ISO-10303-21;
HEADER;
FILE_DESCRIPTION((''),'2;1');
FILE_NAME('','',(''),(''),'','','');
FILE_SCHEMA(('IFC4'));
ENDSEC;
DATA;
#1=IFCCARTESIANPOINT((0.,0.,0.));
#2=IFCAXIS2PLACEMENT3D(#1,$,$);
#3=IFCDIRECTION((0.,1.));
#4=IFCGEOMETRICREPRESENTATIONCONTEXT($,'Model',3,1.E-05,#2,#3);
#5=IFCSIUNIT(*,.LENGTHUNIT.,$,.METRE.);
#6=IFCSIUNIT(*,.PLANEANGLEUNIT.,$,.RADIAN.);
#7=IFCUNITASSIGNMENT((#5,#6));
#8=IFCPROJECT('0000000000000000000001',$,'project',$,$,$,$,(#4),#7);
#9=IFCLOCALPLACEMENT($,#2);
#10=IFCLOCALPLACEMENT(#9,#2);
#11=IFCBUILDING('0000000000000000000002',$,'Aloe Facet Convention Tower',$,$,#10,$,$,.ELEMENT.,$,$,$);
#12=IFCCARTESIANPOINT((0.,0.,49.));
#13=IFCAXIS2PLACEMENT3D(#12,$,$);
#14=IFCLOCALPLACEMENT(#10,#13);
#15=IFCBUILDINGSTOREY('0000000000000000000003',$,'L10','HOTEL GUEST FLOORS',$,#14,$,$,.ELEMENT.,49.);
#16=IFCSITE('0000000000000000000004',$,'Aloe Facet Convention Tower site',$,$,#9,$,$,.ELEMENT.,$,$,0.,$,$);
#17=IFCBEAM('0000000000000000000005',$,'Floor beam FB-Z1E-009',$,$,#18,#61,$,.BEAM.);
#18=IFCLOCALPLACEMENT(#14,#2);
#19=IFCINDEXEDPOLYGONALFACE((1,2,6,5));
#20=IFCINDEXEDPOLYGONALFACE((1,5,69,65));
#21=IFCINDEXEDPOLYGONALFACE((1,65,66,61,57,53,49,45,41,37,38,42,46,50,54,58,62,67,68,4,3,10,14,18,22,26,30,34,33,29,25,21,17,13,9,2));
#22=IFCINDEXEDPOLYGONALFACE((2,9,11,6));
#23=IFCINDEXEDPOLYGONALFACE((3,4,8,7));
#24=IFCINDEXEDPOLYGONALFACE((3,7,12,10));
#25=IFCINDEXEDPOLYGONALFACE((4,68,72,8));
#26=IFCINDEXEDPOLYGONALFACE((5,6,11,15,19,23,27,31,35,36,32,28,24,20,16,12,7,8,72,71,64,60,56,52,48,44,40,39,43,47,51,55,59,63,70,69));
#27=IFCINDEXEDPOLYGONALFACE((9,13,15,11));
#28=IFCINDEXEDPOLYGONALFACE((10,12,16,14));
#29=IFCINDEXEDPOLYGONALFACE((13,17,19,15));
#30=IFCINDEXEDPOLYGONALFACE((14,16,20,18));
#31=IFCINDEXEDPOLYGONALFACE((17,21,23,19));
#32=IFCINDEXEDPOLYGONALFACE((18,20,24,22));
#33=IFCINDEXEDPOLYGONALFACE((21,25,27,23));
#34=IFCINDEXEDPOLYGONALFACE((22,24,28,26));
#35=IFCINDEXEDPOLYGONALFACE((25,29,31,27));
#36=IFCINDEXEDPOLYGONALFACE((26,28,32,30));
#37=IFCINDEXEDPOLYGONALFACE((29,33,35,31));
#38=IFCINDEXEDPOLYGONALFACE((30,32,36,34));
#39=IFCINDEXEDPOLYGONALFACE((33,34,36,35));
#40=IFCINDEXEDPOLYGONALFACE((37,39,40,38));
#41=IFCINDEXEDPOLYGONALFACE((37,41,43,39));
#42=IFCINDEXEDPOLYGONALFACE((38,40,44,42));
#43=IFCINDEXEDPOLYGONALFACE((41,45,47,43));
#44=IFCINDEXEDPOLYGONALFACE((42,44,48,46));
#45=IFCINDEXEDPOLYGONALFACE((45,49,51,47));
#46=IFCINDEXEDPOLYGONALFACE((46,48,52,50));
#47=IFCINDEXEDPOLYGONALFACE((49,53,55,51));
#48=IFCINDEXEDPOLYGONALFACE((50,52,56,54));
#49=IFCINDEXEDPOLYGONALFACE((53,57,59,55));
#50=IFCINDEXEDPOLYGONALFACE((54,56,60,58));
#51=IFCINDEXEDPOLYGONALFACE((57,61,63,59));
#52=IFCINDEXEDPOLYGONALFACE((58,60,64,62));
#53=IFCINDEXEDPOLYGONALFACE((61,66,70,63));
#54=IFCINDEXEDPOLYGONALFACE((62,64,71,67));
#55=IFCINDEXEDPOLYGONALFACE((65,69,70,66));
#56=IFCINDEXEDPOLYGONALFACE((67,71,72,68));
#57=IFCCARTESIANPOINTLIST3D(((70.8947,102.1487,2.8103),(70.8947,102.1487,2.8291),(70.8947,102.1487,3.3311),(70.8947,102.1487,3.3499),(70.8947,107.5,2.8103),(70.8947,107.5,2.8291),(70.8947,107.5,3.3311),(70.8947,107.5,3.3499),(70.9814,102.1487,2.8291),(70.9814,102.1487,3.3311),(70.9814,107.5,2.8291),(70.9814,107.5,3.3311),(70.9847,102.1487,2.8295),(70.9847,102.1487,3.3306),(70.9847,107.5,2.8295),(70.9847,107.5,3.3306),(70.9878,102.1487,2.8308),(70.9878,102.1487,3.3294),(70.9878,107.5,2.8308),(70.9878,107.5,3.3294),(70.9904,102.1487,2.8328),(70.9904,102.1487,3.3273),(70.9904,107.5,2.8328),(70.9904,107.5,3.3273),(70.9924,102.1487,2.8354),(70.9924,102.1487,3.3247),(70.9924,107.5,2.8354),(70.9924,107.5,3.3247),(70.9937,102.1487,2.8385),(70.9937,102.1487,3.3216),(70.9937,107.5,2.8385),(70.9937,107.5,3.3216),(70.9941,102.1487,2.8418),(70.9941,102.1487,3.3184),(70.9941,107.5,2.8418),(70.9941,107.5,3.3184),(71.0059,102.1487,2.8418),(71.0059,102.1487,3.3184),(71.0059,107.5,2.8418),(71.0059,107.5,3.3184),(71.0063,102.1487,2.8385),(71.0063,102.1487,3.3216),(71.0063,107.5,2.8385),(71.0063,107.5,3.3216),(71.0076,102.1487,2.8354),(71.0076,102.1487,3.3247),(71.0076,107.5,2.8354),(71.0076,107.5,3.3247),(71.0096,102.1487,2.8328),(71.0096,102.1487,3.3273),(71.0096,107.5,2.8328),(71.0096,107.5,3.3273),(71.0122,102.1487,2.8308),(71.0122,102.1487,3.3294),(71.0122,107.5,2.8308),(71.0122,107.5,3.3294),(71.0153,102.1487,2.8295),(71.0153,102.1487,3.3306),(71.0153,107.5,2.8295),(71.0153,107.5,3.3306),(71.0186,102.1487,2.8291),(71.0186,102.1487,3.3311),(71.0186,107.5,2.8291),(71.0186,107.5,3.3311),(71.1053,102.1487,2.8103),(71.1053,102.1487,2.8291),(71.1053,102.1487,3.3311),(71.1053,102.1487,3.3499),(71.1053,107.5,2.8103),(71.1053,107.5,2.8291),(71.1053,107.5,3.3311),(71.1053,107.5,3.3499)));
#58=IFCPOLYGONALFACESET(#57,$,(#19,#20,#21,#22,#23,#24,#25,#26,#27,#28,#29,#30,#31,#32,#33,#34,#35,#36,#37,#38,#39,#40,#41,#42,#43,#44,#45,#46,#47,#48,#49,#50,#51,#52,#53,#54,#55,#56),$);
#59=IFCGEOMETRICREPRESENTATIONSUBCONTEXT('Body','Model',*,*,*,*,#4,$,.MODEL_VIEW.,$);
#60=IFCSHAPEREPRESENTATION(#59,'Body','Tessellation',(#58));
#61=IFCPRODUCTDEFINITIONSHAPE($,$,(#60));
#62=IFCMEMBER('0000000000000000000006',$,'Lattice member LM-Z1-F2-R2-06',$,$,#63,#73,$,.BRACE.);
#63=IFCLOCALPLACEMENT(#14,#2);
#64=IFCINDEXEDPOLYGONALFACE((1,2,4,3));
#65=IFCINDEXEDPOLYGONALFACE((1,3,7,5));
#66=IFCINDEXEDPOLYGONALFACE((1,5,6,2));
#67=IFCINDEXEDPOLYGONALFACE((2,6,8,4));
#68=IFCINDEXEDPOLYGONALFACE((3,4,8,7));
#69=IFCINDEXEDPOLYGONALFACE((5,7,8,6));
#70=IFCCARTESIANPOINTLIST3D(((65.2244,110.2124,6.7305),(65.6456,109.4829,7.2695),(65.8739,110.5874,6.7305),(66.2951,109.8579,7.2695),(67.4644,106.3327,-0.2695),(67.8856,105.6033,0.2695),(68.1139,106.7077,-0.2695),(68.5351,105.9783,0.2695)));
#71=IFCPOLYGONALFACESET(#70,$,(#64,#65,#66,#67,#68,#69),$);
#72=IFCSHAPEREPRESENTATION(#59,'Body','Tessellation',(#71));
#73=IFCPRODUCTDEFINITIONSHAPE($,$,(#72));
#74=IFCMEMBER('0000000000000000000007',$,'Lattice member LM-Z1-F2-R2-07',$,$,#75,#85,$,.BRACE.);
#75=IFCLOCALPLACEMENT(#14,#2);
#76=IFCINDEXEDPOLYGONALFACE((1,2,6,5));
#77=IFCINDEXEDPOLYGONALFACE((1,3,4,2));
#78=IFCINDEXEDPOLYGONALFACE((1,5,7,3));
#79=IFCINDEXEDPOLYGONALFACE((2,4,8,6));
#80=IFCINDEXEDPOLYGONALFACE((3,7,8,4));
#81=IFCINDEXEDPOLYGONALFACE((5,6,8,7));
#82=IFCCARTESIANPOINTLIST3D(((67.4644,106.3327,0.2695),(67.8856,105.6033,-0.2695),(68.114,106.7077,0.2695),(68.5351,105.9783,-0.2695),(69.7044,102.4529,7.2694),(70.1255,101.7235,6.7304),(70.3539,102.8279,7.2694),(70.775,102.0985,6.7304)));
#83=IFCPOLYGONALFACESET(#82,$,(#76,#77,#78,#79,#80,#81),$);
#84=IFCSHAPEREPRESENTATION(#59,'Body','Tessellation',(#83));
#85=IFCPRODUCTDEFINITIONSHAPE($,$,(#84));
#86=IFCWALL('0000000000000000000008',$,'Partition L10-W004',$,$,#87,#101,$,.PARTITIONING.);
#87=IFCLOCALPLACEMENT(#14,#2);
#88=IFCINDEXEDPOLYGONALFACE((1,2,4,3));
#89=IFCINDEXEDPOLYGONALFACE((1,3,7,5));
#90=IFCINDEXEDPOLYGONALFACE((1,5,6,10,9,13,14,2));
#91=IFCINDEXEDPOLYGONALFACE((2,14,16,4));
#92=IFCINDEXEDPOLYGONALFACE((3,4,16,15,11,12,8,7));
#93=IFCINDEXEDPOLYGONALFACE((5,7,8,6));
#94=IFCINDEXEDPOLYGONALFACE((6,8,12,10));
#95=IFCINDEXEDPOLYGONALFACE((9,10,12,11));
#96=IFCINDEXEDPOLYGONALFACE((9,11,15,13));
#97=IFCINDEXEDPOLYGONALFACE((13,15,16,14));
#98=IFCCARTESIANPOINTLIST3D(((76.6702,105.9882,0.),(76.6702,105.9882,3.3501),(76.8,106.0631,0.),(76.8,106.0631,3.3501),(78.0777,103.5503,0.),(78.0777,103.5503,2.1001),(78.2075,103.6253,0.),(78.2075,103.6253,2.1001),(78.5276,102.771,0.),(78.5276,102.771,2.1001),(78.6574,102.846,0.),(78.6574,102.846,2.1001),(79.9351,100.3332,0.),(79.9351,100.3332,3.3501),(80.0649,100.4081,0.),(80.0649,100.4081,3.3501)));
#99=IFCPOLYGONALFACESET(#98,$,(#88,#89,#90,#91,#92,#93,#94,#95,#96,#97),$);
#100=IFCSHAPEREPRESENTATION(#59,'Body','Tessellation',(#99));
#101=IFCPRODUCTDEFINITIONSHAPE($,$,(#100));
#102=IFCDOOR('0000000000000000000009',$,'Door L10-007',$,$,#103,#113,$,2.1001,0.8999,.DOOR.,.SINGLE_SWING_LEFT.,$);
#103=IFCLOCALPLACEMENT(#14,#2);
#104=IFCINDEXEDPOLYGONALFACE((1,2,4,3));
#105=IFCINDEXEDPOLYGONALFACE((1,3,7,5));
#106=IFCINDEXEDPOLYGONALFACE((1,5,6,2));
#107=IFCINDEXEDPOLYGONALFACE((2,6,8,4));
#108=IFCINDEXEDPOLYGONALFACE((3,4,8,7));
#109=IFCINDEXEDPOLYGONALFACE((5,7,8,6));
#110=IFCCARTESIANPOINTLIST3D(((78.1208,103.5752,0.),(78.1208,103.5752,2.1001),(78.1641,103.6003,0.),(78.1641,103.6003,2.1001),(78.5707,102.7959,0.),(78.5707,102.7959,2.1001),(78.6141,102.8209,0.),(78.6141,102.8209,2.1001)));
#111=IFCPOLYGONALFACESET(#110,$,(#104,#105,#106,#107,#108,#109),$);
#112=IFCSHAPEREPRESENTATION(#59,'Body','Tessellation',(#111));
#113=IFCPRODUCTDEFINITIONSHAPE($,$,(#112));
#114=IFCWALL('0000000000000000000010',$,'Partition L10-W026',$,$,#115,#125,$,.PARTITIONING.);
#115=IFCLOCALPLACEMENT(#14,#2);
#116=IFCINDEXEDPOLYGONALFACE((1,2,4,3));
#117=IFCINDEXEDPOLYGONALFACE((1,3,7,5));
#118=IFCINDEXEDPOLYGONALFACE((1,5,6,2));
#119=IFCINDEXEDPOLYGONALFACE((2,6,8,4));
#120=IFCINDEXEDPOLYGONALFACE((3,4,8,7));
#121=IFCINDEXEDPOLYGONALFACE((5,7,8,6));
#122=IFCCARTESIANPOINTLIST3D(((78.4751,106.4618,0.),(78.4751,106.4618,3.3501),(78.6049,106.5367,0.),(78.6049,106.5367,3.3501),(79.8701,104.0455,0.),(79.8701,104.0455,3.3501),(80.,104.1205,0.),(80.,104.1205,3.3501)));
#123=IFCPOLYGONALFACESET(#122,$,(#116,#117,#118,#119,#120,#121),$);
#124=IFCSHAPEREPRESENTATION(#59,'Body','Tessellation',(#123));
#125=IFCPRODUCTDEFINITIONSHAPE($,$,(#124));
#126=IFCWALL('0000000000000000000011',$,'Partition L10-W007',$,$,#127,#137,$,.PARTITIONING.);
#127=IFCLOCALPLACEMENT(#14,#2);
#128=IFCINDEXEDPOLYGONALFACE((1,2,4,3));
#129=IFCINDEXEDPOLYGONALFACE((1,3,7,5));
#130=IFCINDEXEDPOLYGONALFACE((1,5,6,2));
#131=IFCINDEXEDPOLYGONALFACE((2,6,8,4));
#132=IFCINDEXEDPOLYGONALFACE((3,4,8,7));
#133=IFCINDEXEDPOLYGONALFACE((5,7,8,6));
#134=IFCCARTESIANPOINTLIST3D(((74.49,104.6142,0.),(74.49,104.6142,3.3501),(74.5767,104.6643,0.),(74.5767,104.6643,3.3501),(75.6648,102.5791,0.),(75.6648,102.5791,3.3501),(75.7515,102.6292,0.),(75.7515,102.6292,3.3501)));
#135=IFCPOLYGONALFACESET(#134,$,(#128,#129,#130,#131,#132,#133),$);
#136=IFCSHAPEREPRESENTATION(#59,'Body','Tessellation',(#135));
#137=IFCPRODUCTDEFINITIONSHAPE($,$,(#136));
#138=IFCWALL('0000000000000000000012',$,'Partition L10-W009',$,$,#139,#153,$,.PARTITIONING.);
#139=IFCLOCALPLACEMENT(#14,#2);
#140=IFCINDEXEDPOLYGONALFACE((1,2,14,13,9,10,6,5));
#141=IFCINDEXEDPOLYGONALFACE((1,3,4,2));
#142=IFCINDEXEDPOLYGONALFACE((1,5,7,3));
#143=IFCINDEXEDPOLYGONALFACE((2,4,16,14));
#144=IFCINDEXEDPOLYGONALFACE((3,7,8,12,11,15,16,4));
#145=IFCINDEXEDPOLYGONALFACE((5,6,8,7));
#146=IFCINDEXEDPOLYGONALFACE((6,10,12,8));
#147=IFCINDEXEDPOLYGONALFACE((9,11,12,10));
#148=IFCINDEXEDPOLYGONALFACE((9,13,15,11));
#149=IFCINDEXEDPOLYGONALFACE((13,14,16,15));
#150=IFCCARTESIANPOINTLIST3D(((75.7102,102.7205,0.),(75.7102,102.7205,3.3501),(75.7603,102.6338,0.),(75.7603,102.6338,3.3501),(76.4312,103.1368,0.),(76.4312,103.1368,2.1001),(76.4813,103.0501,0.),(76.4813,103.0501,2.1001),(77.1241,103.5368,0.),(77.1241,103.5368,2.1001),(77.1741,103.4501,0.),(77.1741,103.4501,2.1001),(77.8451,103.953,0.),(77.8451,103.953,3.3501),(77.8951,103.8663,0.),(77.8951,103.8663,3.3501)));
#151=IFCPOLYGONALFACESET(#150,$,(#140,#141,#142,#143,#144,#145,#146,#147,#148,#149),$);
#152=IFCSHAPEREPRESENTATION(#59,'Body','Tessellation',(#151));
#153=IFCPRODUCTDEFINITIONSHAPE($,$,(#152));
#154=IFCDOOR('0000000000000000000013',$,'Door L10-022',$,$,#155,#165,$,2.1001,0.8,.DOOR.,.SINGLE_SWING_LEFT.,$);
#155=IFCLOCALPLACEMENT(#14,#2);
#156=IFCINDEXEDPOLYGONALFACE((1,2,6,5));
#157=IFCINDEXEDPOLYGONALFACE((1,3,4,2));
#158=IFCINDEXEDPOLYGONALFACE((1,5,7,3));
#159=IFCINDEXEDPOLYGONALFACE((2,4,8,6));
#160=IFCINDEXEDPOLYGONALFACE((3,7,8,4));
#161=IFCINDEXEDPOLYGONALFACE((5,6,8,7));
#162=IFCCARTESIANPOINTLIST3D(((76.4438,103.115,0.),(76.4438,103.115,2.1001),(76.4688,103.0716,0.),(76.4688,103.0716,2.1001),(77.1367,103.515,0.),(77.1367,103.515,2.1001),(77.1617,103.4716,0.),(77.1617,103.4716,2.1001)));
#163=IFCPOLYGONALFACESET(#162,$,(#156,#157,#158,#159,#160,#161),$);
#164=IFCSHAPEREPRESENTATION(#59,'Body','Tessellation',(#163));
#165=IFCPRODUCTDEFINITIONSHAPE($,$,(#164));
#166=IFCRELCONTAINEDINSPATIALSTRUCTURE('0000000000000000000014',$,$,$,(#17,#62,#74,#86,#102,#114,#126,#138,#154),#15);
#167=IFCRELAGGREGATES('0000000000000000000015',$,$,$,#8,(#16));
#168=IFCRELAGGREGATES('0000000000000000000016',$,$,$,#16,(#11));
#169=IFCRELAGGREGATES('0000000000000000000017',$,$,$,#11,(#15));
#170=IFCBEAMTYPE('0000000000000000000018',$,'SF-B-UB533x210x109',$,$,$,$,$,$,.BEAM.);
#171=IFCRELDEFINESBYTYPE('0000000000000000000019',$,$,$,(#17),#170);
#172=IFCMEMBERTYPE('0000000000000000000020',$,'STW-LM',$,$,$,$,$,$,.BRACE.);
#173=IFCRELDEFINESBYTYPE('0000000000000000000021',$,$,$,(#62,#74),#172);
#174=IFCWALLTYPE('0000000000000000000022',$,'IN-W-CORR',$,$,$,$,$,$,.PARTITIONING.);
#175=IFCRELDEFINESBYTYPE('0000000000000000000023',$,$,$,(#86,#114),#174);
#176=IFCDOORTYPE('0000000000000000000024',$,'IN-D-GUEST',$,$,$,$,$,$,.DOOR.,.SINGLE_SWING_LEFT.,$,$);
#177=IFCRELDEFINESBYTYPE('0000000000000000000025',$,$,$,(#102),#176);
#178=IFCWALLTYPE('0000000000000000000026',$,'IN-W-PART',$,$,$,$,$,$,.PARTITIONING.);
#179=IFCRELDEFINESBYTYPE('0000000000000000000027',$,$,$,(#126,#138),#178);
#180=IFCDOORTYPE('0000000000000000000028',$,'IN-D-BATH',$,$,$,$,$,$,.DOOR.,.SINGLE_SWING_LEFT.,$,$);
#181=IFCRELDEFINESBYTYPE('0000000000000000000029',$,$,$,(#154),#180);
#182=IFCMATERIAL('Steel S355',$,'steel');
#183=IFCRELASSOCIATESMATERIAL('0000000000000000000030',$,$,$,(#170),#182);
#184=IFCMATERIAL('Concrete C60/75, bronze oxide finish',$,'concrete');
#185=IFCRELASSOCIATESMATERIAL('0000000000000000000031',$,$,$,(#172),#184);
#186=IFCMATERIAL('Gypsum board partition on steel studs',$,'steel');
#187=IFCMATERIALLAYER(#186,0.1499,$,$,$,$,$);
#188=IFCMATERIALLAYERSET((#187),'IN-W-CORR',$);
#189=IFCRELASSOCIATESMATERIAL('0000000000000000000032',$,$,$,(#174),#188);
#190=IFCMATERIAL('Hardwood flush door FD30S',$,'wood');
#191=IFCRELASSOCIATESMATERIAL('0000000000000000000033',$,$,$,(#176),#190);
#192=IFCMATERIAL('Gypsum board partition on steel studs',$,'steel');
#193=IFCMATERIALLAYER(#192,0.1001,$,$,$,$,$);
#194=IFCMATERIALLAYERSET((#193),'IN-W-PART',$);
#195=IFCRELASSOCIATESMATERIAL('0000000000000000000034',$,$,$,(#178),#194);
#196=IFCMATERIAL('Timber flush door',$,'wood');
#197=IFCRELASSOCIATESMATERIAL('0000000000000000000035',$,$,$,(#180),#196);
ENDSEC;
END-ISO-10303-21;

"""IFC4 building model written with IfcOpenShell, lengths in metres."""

from ifc_helpers import new_model, si_unit, direction, frame, frame_2d, origin, origin_2d, place, context, subcontext, project, spatial, rectangle, i_section, extrude, material, layer, layer_set, material_profile, profile_set, type_object, element, fill, save


model = new_model("IFC4")

# Units and contexts
model_context = context("Model", 3, precision=1e-05, world=origin(), true_north=direction((0.0, 1.0)))
body_context = subcontext(model_context, "Body", "Model", "MODEL_VIEW")
ifc_project = project(units=[si_unit("LENGTHUNIT", "METRE"), si_unit("PLANEANGLEUNIT", "RADIAN")], contexts=[model_context])

# Site, building, storey
site_placement = place(None, origin())
site = spatial("IfcSite", under=ifc_project, at=site_placement, Name="Aloe Facet Convention Tower site", CompositionType="ELEMENT", RefElevation=0.0)
building_placement = place(site_placement, origin())
building = spatial("IfcBuilding", under=site, at=building_placement, Name="Aloe Facet Convention Tower", CompositionType="ELEMENT")
storey_placement = place(building_placement, frame((0.0, 0.0, 49.0)))
storey = spatial("IfcBuildingStorey", under=building, at=storey_placement, Name="L10", Description="HOTEL GUEST FLOORS", CompositionType="ELEMENT", Elevation=49.0)

# Beam
ifc_material_1 = material(Name="Steel S355", Category="steel")
ifc_material_profile_1 = material_profile(ifc_material_1, i_section(OverallWidth=0.2107, OverallDepth=0.5396, WebThickness=0.0117, FlangeThickness=0.0188, FilletRadius=0.0127, at=origin_2d()), Name="UB 533x210x109")
ifc_profile_set_1 = profile_set([ifc_material_profile_1], Name="Steel S355")
beam_type_1 = type_object("IfcBeamType", Name="SF-B-UB533x210x109", PredefinedType="BEAM", material=ifc_profile_set_1)
beam_1_placement = place(storey_placement, frame((71.0, 107.5, 3.0801), z_axis=(0.0, -1.0, 0.0), x_axis=(1.0, 0.0, 0.0)))
element("IfcBeam", 1, at=beam_1_placement, inside=storey, type_object=beam_type_1, Name="Floor beam FB-Z1E-009", PredefinedType="BEAM", context=body_context, shape_type="SweptSolid", body=[
    extrude(i_section(OverallWidth=0.2107, OverallDepth=0.5396, WebThickness=0.0117, FlangeThickness=0.0188, FilletRadius=0.0127, at=origin_2d()), origin(), (0.0, 0.0, 1.0), 5.3513),
])

# Members
ifc_material_2 = material(Name="Concrete C60/75, bronze oxide finish", Category="concrete")
ifc_material_profile_2 = material_profile(ifc_material_2, rectangle(XDim=0.75, YDim=1.0, at=origin_2d()), Name="STW-LM")
ifc_profile_set_2 = profile_set([ifc_material_profile_2], Name="Concrete C60/75, bronze oxide finish")
member_type = type_object("IfcMemberType", Name="STW-LM", PredefinedType="BRACE", material=ifc_profile_set_2)
for number, where, z_axis, x_axis, name in (
    (2, (67.9998, 106.1555, 0.0), (-0.269528, 0.46682, 0.842279), (-0.866018, -0.500013, 0.0), "Lattice member LM-Z1-F2-R2-06"),
    (3, (67.9998, 106.1555, 0.0), (0.269524, -0.466843, 0.842267), (0.866031, 0.49999, 0.0), "Lattice member LM-Z1-F2-R2-07"),
):
    element("IfcMember", number, at=place(storey_placement, frame(where, z_axis=z_axis, x_axis=x_axis)), inside=storey, type_object=member_type, Name=name, PredefinedType="BRACE", context=body_context, shape_type="SweptSolid", body=[
        extrude(rectangle(XDim=0.75, YDim=1.0, at=origin_2d()), origin(), (0.0, 0.0, 1.0), 8.3108),
    ])

# Wall, opening, door
ifc_material_3 = material(Name="Gypsum board partition on steel studs", Category="steel")
ifc_layer_1 = layer(ifc_material_3, 0.1499)
ifc_layer_set_1 = layer_set([ifc_layer_1], Name="IN-W-CORR")
wall_type_1 = type_object("IfcWallType", Name="IN-W-CORR", PredefinedType="PARTITIONING", material=ifc_layer_set_1)
wall_1_placement = place(storey_placement, frame((76.7351, 106.0256, 0.0), z_axis=(0.0, 0.0, 1.0), x_axis=(0.499995, -0.866028, 0.0)))
wall_1 = element("IfcWall", 4, at=wall_1_placement, inside=storey, type_object=wall_type_1, Name="Partition L10-W004", PredefinedType="PARTITIONING", context=body_context, shape_type="SweptSolid", body=[
    extrude(rectangle(XDim=6.5298, YDim=0.1499, at=frame_2d((3.2649, 0.0))), origin(), (0.0, 0.0, 1.0), 3.3501),
])
opening_1_placement = place(wall_1_placement, frame((2.8149, 0.0, 0.0)))
opening_1 = element("IfcOpeningElement", 5, at=opening_1_placement, cuts=wall_1, PredefinedType="OPENING", context=body_context, shape_type="SweptSolid", body=[
    extrude(rectangle(XDim=0.8999, YDim=2.1001, at=frame_2d((0.45, 1.05))), frame((0.0, 0.085, 0.0), z_axis=(0.0, -1.0, 0.0), x_axis=(1.0, 0.0, 0.0)), (0.0, 0.0, 1.0), 0.1699),
])
ifc_material_4 = material(Name="Hardwood flush door FD30S", Category="wood")
door_type_1 = type_object("IfcDoorType", Name="IN-D-GUEST", OperationType="SINGLE_SWING_LEFT", PredefinedType="DOOR", material=ifc_material_4)
door_1_placement = place(opening_1_placement, origin())
door_1 = element("IfcDoor", 6, at=door_1_placement, inside=storey, type_object=door_type_1, Name="Door L10-007", OperationType="SINGLE_SWING_LEFT", OverallHeight=2.1001, OverallWidth=0.8999, PredefinedType="DOOR", context=body_context, shape_type="SweptSolid", body=[
    extrude(rectangle(XDim=0.8999, YDim=2.1001, at=frame_2d((0.45, 1.05))), frame((0.0, 0.0249, 0.0), z_axis=(0.0, -1.0, 0.0), x_axis=(1.0, 0.0, 0.0)), (0.0, 0.0, 1.0), 0.05),
])
fill(opening_1, door_1)

# Walls
wall_2_placement = place(storey_placement, frame((78.54, 106.4993, 0.0), z_axis=(0.0, 0.0, 1.0), x_axis=(0.499998, -0.866027, 0.0)))
element("IfcWall", 7, at=wall_2_placement, inside=storey, type_object=wall_type_1, Name="Partition L10-W026", PredefinedType="PARTITIONING", context=body_context, shape_type="SweptSolid", body=[
    extrude(rectangle(XDim=2.79, YDim=0.1499, at=frame_2d((1.395, 0.0))), origin(), (0.0, 0.0, 1.0), 3.3501),
])
ifc_material_5 = material(Name="Gypsum board partition on steel studs", Category="steel")
ifc_layer_2 = layer(ifc_material_5, 0.1001)
ifc_layer_set_2 = layer_set([ifc_layer_2], Name="IN-W-PART")
wall_type_2 = type_object("IfcWallType", Name="IN-W-PART", PredefinedType="PARTITIONING", material=ifc_layer_set_2)
wall_3_placement = place(storey_placement, frame((74.5334, 104.6392, 0.0), z_axis=(0.0, 0.0, 1.0), x_axis=(0.499938, -0.866061, 0.0)))
element("IfcWall", 8, at=wall_3_placement, inside=storey, type_object=wall_type_2, Name="Partition L10-W007", PredefinedType="PARTITIONING", context=body_context, shape_type="SweptSolid", body=[
    extrude(rectangle(XDim=2.3499, YDim=0.1001, at=frame_2d((1.1748, 0.0))), origin(), (0.0, 0.0, 1.0), 3.3501),
])

# Wall, opening, door
wall_4_placement = place(storey_placement, frame((75.7354, 102.6772, 0.0), z_axis=(0.0, 0.0, 1.0), x_axis=(0.86604, 0.499974, 0.0)))
wall_4 = element("IfcWall", 9, at=wall_4_placement, inside=storey, type_object=wall_type_2, Name="Partition L10-W009", PredefinedType="PARTITIONING", context=body_context, shape_type="SweptSolid", body=[
    extrude(rectangle(XDim=2.4651, YDim=0.1001, at=frame_2d((1.2324, 0.0))), origin(), (0.0, 0.0, 1.0), 3.3501),
])
opening_2_placement = place(wall_4_placement, frame((0.8325, 0.0, 0.0)))
opening_2 = element("IfcOpeningElement", 10, at=opening_2_placement, cuts=wall_4, PredefinedType="OPENING", context=body_context, shape_type="SweptSolid", body=[
    extrude(rectangle(XDim=0.8, YDim=2.1001, at=frame_2d((0.3999, 1.05))), frame((0.0, 0.0601, 0.0), z_axis=(0.0, -1.0, 0.0), x_axis=(1.0, 0.0, 0.0)), (0.0, 0.0, 1.0), 0.1201),
])
ifc_material_6 = material(Name="Timber flush door", Category="wood")
door_type_2 = type_object("IfcDoorType", Name="IN-D-BATH", OperationType="SINGLE_SWING_LEFT", PredefinedType="DOOR", material=ifc_material_6)
door_2_placement = place(opening_2_placement, origin())
door_2 = element("IfcDoor", 11, at=door_2_placement, inside=storey, type_object=door_type_2, Name="Door L10-022", OperationType="SINGLE_SWING_LEFT", OverallHeight=2.1001, OverallWidth=0.8, PredefinedType="DOOR", context=body_context, shape_type="SweptSolid", body=[
    extrude(rectangle(XDim=0.8, YDim=2.1001, at=frame_2d((0.3999, 1.05))), frame((0.0, 0.0249, 0.0), z_axis=(0.0, -1.0, 0.0), x_axis=(1.0, 0.0, 0.0)), (0.0, 0.0, 1.0), 0.05),
])
fill(opening_2, door_2)

save(model, "model.ifc")
